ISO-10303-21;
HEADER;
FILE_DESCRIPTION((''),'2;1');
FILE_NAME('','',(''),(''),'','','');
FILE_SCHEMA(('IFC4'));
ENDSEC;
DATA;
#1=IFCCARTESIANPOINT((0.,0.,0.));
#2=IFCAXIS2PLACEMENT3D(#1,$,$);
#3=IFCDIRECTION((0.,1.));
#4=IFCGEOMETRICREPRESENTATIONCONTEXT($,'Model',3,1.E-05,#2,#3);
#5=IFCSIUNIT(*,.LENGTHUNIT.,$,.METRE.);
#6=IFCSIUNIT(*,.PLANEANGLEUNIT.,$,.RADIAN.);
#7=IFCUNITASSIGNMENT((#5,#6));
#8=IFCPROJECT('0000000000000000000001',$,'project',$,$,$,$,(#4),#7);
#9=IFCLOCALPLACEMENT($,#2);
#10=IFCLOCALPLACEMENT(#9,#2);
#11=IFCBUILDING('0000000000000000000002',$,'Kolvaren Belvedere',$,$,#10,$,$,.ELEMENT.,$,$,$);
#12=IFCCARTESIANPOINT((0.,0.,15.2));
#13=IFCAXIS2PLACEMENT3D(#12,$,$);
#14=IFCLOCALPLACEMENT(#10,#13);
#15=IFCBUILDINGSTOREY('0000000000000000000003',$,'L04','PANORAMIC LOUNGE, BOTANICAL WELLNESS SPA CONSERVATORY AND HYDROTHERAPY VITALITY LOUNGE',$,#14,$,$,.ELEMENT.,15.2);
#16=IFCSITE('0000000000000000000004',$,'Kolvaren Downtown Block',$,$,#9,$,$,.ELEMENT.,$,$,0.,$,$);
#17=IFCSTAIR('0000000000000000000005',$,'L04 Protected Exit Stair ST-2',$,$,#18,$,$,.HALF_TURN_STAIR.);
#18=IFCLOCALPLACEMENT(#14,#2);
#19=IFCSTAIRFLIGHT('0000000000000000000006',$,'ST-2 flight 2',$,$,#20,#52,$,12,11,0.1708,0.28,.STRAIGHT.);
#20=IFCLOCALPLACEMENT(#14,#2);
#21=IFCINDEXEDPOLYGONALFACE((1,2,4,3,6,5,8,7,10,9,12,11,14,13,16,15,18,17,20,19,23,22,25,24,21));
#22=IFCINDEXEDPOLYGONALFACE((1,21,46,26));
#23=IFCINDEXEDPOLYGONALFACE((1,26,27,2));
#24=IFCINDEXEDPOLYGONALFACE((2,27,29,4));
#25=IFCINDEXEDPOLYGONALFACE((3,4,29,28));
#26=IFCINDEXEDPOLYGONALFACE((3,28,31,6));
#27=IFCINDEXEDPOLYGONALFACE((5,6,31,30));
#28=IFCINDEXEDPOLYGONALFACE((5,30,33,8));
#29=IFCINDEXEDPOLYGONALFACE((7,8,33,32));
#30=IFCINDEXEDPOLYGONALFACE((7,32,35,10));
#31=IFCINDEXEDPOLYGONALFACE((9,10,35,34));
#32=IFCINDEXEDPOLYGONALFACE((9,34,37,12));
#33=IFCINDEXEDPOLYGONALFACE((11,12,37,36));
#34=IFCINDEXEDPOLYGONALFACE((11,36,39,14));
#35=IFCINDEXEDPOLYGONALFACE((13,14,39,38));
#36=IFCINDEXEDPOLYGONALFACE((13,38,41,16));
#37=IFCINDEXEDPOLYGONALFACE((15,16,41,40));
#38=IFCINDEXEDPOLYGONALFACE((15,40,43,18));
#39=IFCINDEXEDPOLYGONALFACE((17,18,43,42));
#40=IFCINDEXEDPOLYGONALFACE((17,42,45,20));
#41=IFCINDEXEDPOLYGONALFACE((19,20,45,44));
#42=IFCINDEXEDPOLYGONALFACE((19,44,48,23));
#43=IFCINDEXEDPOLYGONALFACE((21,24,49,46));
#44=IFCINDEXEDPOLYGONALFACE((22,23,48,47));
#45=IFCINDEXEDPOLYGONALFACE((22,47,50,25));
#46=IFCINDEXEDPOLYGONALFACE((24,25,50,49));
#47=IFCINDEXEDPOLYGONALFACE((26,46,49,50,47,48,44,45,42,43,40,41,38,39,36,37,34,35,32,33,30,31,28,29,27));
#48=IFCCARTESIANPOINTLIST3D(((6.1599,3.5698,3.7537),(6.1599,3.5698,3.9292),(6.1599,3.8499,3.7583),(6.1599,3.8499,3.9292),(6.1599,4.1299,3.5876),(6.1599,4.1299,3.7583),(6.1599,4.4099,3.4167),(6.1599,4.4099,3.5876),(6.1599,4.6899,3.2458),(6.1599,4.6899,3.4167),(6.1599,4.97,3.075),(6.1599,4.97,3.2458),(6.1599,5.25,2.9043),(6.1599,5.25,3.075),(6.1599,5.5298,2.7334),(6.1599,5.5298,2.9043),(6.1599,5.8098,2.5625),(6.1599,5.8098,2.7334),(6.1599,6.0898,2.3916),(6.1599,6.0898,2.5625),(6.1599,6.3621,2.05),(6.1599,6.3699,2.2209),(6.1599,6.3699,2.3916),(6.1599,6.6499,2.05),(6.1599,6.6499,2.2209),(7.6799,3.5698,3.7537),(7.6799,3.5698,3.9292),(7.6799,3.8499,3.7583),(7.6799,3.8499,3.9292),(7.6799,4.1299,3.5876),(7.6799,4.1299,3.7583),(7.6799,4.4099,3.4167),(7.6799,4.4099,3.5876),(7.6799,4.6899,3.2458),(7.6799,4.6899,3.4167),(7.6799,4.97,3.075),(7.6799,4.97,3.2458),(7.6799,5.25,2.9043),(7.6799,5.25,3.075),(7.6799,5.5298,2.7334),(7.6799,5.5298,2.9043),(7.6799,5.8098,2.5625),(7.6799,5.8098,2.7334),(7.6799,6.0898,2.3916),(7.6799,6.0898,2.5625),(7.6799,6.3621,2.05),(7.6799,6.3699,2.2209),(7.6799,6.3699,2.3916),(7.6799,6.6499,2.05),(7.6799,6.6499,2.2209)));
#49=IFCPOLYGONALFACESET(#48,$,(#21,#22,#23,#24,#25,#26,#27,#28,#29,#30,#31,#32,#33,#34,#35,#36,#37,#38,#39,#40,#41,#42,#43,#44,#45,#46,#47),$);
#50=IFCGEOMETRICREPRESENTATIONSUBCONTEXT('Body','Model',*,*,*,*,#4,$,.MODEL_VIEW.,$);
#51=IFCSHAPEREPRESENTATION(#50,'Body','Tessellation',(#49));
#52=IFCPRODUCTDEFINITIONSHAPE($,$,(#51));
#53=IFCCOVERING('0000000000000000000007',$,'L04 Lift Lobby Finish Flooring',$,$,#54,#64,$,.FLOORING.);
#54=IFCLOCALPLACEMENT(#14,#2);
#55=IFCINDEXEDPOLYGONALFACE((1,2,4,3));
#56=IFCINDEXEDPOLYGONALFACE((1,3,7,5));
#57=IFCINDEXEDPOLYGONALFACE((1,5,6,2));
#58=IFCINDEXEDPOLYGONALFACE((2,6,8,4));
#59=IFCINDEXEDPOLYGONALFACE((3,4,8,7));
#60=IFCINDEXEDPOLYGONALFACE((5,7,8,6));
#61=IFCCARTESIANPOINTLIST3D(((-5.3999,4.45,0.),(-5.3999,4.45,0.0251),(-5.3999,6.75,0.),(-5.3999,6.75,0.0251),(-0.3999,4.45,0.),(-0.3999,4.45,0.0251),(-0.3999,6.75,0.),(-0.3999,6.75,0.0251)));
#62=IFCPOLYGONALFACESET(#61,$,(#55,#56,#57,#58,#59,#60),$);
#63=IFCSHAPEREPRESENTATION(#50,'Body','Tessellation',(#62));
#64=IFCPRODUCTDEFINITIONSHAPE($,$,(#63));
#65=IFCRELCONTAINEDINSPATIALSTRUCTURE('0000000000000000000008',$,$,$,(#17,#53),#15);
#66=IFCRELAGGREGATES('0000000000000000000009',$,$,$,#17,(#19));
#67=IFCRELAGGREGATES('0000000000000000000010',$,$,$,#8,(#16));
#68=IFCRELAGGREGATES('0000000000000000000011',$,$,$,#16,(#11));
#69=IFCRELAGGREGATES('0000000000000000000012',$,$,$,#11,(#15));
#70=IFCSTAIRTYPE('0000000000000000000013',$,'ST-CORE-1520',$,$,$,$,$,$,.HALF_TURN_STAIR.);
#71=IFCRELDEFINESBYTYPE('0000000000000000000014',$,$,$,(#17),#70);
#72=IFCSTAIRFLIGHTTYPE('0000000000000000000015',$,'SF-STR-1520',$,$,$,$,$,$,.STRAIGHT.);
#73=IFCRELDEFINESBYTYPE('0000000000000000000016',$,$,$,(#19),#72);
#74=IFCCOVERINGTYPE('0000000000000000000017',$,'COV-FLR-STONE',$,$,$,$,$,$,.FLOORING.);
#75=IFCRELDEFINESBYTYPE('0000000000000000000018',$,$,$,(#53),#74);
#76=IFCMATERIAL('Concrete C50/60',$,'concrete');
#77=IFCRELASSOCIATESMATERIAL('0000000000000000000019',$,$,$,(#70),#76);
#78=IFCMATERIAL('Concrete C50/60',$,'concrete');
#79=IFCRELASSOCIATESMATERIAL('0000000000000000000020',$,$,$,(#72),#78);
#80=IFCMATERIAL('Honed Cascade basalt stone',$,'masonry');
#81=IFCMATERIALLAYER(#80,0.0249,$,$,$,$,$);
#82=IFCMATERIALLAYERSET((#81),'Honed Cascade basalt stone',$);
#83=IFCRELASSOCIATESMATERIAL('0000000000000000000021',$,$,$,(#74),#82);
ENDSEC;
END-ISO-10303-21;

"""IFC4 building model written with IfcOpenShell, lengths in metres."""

from ifc_helpers import new_model, si_unit, direction, frame, origin, place, context, subcontext, project, spatial, polyline, outline, extrude, material, layer, layer_set, type_object, element, aggregate, save


model = new_model("IFC4")

# Units and contexts
model_context = context("Model", 3, precision=1e-05, world=origin(), true_north=direction((0.0, 1.0)))
body_context = subcontext(model_context, "Body", "Model", "MODEL_VIEW")
ifc_project = project(units=[si_unit("LENGTHUNIT", "METRE"), si_unit("PLANEANGLEUNIT", "RADIAN")], contexts=[model_context])

# Site, building, storey
site_placement = place(None, origin())
site = spatial("IfcSite", under=ifc_project, at=site_placement, Name="Kolvaren Downtown Block", CompositionType="ELEMENT", RefElevation=0.0)
building_placement = place(site_placement, origin())
building = spatial("IfcBuilding", under=site, at=building_placement, Name="Kolvaren Belvedere", CompositionType="ELEMENT")
storey_placement = place(building_placement, frame((0.0, 0.0, 15.2)))
storey = spatial("IfcBuildingStorey", under=building, at=storey_placement, Name="L04", Description="PANORAMIC LOUNGE, BOTANICAL WELLNESS SPA CONSERVATORY AND HYDROTHERAPY VITALITY LOUNGE", CompositionType="ELEMENT", Elevation=15.2)

# Stair, stair flight
ifc_material_1 = material(Name="Concrete C50/60", Category="concrete")
stair_type = type_object("IfcStairType", Name="ST-CORE-1520", PredefinedType="HALF_TURN_STAIR", material=ifc_material_1)
stair_placement = place(storey_placement, origin())
stair = element("IfcStair", 1, at=stair_placement, inside=storey, type_object=stair_type, Name="L04 Protected Exit Stair ST-2", PredefinedType="HALF_TURN_STAIR")
ifc_material_2 = material(Name="Concrete C50/60", Category="concrete")
stair_flight_type = type_object("IfcStairFlightType", Name="SF-STR-1520", PredefinedType="STRAIGHT", material=ifc_material_2)
stair_flight_1_placement = place(storey_placement, frame((6.9199, 6.6499, 2.05), z_axis=(0.0, 0.0, 1.0), x_axis=(0.0, -1.0, 0.0)))
stair_flight_1 = element("IfcStairFlight", 2, at=stair_flight_1_placement, type_object=stair_flight_type, Name="ST-2 flight 2", NumberOfRisers=12, NumberOfTreads=11, PredefinedType="STRAIGHT", RiserHeight=0.1708, TreadLength=0.28, context=body_context, shape_type="SweptSolid", body=[
    extrude(outline(polyline([(0.0, 0.0), (0.0, 0.1709), (0.28, 0.1709), (0.28, 0.3416), (0.5601, 0.3416), (0.5601, 0.5125), (0.8401, 0.5125), (0.8401, 0.6833), (1.1201, 0.6833), (1.1201, 0.8542), (1.3999, 0.8542), (1.3999, 1.0249), (1.6799, 1.0249), (1.6799, 1.1958), (1.96, 1.1958), (1.96, 1.3667), (2.24, 1.3667), (2.24, 1.5376), (2.52, 1.5376), (2.52, 1.7083), (2.8, 1.7083), (2.8, 1.8792), (3.0801, 1.8792), (3.0801, 2.05), (3.0801, 1.7036), (0.2878, 0.0), (0.0, 0.0)])), frame((0.0, 0.76, 0.0), z_axis=(0.0, -1.0, 0.0), x_axis=(1.0, 0.0, 0.0)), (0.0, 0.0, 1.0), 1.52),
])
aggregate(stair, [stair_flight_1])

# Covering
ifc_material_3 = material(Name="Honed Cascade basalt stone", Category="masonry")
ifc_layer_1 = layer(ifc_material_3, 0.0249)
ifc_layer_set_1 = layer_set([ifc_layer_1], Name="Honed Cascade basalt stone")
covering_type = type_object("IfcCoveringType", Name="COV-FLR-STONE", PredefinedType="FLOORING", material=ifc_layer_set_1)
covering_placement = place(storey_placement, origin())
element("IfcCovering", 3, at=covering_placement, inside=storey, type_object=covering_type, Name="L04 Lift Lobby Finish Flooring", PredefinedType="FLOORING", context=body_context, shape_type="SweptSolid", body=[
    extrude(outline(polyline([(-5.3999, 4.45), (-0.3999, 4.45), (-0.3999, 6.75), (-5.3999, 6.75), (-5.3999, 4.45)])), origin(), (0.0, 0.0, 1.0), 0.0251),
])

save(model, "model.ifc")
